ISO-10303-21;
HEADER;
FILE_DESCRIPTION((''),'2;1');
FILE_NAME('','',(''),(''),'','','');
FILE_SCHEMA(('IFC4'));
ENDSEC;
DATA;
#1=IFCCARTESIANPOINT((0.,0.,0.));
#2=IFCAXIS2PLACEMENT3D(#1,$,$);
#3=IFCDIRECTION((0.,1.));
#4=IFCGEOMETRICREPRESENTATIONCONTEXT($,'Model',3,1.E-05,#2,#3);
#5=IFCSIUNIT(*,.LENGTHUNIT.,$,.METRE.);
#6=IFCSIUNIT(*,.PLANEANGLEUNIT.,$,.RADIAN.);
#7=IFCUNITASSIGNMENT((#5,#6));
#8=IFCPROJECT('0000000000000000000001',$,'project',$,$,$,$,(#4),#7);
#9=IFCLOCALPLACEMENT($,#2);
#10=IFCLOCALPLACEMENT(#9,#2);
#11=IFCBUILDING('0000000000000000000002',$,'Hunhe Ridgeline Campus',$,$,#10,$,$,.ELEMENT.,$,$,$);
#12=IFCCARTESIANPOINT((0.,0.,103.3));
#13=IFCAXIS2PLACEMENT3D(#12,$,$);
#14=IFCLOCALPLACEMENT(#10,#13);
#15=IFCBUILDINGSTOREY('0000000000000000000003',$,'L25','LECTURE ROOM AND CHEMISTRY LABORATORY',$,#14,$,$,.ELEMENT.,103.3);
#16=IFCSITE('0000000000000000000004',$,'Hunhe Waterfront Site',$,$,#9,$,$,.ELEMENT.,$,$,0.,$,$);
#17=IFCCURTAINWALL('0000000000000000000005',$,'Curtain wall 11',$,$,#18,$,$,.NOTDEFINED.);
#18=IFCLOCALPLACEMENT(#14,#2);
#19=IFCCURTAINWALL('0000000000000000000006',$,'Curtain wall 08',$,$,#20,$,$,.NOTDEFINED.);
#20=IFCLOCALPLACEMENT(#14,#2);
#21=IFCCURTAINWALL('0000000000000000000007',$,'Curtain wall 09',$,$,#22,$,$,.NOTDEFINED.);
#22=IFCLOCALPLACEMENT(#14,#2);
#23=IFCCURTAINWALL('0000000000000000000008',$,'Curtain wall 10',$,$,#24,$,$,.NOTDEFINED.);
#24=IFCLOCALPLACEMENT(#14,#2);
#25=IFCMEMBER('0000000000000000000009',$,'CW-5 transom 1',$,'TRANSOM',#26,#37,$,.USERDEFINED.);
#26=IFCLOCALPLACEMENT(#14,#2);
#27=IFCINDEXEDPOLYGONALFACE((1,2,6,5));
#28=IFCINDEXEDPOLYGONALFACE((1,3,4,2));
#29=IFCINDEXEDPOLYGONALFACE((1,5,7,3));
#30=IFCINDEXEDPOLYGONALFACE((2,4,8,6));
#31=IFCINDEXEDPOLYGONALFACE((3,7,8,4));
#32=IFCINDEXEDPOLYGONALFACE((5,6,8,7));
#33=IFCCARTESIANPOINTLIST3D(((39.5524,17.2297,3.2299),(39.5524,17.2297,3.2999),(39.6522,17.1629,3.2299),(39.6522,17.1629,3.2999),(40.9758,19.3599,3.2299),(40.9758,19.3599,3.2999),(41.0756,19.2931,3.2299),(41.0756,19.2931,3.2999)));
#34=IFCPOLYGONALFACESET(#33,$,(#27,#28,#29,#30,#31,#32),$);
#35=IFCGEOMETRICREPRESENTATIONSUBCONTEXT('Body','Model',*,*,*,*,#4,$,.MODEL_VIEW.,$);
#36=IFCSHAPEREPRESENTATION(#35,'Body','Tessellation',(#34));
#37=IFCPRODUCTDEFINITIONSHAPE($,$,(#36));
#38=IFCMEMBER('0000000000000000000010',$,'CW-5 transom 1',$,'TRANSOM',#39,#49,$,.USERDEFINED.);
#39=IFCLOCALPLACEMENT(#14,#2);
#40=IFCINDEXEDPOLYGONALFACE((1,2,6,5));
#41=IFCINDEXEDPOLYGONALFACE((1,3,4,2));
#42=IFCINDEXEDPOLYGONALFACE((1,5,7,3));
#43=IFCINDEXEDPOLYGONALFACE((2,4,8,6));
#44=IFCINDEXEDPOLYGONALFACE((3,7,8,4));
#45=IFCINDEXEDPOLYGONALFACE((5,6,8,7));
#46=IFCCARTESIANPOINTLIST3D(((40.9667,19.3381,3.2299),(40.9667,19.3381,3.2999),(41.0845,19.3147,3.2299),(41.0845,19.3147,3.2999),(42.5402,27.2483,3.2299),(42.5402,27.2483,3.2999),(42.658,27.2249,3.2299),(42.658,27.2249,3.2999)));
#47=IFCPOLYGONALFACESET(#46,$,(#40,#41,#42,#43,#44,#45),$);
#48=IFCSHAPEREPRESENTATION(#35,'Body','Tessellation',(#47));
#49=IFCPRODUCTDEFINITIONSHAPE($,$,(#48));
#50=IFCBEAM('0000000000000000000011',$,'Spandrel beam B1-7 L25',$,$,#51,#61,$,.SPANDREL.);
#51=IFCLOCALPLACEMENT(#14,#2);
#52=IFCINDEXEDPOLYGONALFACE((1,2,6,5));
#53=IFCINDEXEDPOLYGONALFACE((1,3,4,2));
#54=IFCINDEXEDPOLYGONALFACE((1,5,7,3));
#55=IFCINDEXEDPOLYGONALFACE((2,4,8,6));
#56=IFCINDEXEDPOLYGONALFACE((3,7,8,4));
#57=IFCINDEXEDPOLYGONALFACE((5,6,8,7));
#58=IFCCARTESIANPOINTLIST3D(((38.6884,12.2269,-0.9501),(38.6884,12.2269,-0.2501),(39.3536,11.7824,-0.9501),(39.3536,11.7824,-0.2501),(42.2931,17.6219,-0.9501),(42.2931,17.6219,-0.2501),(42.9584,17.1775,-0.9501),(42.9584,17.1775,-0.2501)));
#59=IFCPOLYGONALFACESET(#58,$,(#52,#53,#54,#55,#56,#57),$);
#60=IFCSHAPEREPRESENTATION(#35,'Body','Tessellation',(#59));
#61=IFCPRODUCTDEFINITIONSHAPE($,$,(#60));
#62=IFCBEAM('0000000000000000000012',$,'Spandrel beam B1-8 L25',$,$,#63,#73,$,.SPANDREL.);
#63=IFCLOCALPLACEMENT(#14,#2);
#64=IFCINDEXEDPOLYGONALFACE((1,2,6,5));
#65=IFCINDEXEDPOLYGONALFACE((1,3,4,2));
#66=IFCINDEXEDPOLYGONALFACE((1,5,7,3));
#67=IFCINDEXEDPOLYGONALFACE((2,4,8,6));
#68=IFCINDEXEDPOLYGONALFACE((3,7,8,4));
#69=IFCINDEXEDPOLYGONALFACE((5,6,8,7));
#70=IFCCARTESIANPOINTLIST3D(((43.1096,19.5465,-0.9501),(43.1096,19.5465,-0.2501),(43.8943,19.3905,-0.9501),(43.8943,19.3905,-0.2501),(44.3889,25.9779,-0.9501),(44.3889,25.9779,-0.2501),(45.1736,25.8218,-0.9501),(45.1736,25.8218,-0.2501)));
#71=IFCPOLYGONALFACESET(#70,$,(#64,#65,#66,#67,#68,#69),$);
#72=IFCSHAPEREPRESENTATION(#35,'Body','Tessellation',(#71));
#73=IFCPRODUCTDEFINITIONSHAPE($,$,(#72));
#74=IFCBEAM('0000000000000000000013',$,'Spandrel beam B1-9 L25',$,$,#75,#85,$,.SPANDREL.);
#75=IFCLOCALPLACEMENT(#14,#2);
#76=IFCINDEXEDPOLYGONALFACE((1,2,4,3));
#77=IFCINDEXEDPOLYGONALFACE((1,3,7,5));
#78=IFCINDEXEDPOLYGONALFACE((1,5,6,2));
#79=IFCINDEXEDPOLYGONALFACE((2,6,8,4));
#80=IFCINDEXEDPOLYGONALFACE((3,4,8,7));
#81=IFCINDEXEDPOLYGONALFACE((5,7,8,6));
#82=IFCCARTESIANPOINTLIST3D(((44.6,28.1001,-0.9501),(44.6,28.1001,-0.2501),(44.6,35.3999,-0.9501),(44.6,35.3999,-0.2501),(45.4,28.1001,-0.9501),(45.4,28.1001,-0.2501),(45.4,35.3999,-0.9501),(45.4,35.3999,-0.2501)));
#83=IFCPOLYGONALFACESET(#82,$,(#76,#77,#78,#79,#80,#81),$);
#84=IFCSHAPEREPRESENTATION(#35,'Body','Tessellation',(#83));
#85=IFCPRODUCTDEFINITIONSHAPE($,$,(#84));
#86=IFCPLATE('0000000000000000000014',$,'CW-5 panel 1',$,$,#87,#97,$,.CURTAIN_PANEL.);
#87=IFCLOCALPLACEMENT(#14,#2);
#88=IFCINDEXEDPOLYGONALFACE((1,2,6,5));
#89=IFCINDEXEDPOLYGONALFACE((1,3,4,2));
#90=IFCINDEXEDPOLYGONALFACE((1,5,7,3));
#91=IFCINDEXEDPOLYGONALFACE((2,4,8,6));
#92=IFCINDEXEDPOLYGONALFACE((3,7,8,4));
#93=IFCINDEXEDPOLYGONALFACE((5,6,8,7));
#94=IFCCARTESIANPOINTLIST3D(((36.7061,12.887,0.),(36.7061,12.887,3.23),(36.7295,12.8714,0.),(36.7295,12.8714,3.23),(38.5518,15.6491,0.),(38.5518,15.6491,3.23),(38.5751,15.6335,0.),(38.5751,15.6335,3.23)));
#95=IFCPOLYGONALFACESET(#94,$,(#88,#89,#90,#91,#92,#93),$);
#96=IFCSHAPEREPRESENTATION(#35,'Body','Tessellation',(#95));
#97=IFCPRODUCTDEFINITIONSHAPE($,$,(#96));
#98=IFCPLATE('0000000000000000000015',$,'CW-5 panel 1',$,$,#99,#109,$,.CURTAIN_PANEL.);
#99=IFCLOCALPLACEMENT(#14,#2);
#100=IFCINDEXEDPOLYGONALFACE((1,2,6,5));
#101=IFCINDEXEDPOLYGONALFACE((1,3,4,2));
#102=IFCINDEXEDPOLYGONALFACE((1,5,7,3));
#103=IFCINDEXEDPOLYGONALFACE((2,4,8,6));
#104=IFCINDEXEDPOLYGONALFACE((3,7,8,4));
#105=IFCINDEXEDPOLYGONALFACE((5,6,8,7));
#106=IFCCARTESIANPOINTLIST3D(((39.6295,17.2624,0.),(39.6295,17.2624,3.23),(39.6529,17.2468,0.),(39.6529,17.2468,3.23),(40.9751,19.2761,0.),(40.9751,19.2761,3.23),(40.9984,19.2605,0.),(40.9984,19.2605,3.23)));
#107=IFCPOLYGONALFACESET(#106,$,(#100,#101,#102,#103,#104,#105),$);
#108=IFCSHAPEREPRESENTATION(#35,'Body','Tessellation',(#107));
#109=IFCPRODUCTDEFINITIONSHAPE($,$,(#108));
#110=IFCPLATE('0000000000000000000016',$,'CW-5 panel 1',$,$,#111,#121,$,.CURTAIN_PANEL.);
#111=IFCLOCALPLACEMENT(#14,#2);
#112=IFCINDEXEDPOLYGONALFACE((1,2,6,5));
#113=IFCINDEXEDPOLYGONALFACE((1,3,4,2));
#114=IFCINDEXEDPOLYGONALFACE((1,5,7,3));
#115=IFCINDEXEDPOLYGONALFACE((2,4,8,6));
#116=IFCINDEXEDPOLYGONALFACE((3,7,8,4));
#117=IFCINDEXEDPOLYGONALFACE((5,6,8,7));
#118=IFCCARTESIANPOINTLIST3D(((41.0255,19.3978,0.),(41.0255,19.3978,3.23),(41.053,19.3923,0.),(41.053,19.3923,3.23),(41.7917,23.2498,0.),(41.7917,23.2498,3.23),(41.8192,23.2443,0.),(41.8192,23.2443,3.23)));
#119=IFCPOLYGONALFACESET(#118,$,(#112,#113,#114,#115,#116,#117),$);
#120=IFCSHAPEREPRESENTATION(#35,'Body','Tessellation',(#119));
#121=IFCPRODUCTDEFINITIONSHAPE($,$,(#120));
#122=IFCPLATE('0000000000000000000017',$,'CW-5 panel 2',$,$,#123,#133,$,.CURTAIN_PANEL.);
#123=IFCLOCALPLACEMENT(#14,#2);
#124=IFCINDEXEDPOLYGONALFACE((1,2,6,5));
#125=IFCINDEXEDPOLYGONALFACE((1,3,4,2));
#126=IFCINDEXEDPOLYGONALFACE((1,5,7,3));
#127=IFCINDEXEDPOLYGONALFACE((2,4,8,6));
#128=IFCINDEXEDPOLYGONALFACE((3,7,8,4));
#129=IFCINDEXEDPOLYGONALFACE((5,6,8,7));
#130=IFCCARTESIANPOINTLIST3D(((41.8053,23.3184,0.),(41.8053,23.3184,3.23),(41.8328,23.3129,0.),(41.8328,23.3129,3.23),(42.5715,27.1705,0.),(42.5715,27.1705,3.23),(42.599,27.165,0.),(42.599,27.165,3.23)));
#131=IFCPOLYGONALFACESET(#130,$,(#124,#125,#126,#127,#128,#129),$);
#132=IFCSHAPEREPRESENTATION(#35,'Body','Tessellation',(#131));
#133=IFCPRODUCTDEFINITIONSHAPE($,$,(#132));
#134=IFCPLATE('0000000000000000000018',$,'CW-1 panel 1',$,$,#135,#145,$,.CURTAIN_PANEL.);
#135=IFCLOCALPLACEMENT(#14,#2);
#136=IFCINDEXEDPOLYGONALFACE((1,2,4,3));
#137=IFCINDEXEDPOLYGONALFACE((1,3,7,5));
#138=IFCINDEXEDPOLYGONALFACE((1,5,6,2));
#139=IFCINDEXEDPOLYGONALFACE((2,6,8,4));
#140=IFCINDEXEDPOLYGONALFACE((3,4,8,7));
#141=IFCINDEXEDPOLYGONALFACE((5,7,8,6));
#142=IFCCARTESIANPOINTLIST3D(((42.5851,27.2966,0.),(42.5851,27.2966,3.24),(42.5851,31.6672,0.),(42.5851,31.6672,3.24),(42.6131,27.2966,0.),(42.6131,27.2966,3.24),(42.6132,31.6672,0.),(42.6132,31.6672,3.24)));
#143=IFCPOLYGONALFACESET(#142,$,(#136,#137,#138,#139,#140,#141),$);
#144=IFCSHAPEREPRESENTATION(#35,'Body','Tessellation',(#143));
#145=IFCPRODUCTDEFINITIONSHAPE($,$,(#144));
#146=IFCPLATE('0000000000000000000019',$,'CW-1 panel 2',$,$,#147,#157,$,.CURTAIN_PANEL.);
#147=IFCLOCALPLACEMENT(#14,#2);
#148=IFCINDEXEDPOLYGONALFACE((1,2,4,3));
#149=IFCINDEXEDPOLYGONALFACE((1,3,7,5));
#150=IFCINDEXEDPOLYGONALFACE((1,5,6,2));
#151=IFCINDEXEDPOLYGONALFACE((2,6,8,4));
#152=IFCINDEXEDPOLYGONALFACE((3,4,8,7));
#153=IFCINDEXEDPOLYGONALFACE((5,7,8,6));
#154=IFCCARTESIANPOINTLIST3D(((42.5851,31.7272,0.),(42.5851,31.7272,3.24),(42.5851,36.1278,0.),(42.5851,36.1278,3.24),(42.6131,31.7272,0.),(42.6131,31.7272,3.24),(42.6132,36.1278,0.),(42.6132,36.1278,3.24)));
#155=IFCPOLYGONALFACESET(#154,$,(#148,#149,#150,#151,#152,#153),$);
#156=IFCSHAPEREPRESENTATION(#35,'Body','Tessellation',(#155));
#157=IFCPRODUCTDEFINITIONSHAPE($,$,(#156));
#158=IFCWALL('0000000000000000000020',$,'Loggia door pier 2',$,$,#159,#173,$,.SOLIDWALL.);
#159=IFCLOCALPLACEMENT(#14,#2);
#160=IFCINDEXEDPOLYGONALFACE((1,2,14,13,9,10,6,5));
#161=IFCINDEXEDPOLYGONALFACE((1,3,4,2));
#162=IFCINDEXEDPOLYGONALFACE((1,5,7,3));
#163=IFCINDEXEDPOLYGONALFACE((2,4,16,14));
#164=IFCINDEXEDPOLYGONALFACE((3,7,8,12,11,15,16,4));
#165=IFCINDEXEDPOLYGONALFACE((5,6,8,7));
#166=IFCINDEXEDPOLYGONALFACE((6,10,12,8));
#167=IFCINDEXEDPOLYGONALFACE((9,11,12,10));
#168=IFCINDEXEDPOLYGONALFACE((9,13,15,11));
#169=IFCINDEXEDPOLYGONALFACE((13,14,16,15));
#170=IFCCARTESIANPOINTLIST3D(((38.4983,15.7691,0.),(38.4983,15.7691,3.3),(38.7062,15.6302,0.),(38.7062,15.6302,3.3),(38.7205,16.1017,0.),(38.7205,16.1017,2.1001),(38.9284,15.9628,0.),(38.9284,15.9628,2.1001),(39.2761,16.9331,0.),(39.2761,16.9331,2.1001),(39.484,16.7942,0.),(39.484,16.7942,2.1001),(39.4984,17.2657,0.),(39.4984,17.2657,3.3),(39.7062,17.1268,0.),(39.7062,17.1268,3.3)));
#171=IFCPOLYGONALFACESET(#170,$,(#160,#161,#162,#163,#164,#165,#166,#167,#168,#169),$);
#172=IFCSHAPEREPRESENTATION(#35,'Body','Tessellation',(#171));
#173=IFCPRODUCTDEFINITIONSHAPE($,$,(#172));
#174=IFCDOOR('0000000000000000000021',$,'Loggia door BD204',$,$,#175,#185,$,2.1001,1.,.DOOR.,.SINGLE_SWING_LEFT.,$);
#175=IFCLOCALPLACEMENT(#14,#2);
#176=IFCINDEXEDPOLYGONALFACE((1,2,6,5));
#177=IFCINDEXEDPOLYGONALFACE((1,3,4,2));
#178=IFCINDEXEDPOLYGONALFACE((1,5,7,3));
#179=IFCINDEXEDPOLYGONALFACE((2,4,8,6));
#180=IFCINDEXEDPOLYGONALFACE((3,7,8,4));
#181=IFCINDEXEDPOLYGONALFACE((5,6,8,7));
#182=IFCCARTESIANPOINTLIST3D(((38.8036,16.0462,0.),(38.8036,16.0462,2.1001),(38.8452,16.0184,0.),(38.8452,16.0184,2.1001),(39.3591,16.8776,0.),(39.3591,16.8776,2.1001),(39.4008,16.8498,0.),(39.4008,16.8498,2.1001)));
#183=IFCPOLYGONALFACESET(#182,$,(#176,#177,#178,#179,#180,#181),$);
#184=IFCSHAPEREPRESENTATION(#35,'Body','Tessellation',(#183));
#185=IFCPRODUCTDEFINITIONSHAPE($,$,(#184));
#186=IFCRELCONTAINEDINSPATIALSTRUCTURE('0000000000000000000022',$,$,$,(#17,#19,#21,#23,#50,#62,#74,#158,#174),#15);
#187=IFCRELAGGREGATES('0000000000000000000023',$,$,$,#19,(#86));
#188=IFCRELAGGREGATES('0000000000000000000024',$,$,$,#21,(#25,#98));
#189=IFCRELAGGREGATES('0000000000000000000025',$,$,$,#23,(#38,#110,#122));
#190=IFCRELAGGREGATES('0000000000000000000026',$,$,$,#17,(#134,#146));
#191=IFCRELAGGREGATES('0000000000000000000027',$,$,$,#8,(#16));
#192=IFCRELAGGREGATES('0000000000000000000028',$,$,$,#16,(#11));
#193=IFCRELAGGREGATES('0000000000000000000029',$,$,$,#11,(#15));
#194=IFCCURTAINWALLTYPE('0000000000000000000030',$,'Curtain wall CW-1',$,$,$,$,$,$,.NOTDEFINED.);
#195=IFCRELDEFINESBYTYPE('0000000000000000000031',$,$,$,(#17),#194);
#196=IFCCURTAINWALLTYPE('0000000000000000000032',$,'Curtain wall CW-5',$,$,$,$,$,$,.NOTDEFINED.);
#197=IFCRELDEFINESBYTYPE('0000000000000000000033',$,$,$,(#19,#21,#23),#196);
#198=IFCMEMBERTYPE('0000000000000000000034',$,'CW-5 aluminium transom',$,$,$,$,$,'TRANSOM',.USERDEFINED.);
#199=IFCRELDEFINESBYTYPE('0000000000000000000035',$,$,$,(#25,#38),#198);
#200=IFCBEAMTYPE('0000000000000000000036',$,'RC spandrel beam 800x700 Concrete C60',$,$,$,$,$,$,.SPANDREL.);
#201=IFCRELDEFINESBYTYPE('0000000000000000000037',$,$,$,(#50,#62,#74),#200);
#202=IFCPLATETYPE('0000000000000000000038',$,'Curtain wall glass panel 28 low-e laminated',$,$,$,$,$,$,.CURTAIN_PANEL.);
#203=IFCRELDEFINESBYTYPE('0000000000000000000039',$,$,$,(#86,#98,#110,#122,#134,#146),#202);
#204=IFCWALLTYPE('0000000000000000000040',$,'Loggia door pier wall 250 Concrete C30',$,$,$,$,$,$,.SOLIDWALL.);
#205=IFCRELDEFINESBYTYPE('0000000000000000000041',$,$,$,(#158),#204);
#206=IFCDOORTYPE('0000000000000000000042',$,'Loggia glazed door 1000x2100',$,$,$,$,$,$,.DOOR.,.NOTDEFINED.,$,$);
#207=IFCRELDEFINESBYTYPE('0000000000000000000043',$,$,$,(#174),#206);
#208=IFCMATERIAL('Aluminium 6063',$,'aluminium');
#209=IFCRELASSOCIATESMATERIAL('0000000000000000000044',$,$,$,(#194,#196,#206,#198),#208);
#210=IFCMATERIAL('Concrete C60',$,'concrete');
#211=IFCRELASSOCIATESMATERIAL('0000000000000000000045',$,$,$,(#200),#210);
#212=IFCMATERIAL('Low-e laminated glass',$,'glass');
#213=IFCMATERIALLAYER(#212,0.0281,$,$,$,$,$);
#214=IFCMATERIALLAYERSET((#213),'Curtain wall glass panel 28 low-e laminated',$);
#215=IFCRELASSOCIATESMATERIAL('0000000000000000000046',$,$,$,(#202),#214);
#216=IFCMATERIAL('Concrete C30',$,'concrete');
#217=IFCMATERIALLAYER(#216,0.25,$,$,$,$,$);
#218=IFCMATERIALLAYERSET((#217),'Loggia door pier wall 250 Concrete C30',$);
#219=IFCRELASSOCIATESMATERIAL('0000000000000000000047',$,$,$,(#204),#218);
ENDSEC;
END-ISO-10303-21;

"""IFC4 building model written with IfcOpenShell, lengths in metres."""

from ifc_helpers import new_model, si_unit, direction, frame, frame_2d, origin, origin_2d, place, context, subcontext, project, spatial, rectangle, extrude, material, layer, layer_set, material_profile, profile_set, type_object, element, fill, aggregate, save


model = new_model("IFC4")

# Units and contexts
model_context = context("Model", 3, precision=1e-05, world=origin(), true_north=direction((0.0, 1.0)))
body_context = subcontext(model_context, "Body", "Model", "MODEL_VIEW")
ifc_project = project(units=[si_unit("LENGTHUNIT", "METRE"), si_unit("PLANEANGLEUNIT", "RADIAN")], contexts=[model_context])

# Site, building, storey
site_placement = place(None, origin())
site = spatial("IfcSite", under=ifc_project, at=site_placement, Name="Hunhe Waterfront Site", CompositionType="ELEMENT", RefElevation=0.0)
building_placement = place(site_placement, origin())
building = spatial("IfcBuilding", under=site, at=building_placement, Name="Hunhe Ridgeline Campus", CompositionType="ELEMENT")
storey_placement = place(building_placement, frame((0.0, 0.0, 103.3)))
storey = spatial("IfcBuildingStorey", under=building, at=storey_placement, Name="L25", Description="LECTURE ROOM AND CHEMISTRY LABORATORY", CompositionType="ELEMENT", Elevation=103.3)

# Curtain walls
ifc_material_1 = material(Name="Aluminium 6063", Category="aluminium")
curtain_wall_type_1 = type_object("IfcCurtainWallType", Name="Curtain wall CW-1", PredefinedType="NOTDEFINED", material=ifc_material_1)
curtain_wall_1_placement = place(storey_placement, origin())
curtain_wall_1 = element("IfcCurtainWall", 1, at=curtain_wall_1_placement, inside=storey, type_object=curtain_wall_type_1, Name="Curtain wall 11", PredefinedType="NOTDEFINED")
curtain_wall_type_2 = type_object("IfcCurtainWallType", Name="Curtain wall CW-5", PredefinedType="NOTDEFINED", material=ifc_material_1)
curtain_wall_2_placement = place(storey_placement, origin())
curtain_wall_2 = element("IfcCurtainWall", 2, at=curtain_wall_2_placement, inside=storey, type_object=curtain_wall_type_2, Name="Curtain wall 08", PredefinedType="NOTDEFINED")
curtain_wall_3_placement = place(storey_placement, origin())
curtain_wall_3 = element("IfcCurtainWall", 3, at=curtain_wall_3_placement, inside=storey, type_object=curtain_wall_type_2, Name="Curtain wall 09", PredefinedType="NOTDEFINED")
curtain_wall_4_placement = place(storey_placement, origin())
curtain_wall_4 = element("IfcCurtainWall", 4, at=curtain_wall_4_placement, inside=storey, type_object=curtain_wall_type_2, Name="Curtain wall 10", PredefinedType="NOTDEFINED")

# Members
ifc_material_profile_1 = material_profile(ifc_material_1, rectangle(XDim=0.1201, YDim=0.0701, at=origin_2d()))
ifc_profile_set_1 = profile_set([ifc_material_profile_1], Name="Aluminium 6063")
member_type_1 = type_object("IfcMemberType", Name="CW-5 aluminium transom", ElementType="TRANSOM", PredefinedType="USERDEFINED", material=ifc_profile_set_1)
member_1_placement = place(storey_placement, frame((39.6023, 17.1963, 3.2649), z_axis=(0.55558, 0.831463, 0.0), x_axis=(-0.831463, 0.55558, 0.0)))
member_1 = element("IfcMember", 5, at=member_1_placement, type_object=member_type_1, Name="CW-5 transom 1", ObjectType="TRANSOM", PredefinedType="USERDEFINED", context=body_context, shape_type="SweptSolid", body=[
    extrude(rectangle(XDim=0.1201, YDim=0.0701, at=origin_2d()), origin(), (0.0, 0.0, 1.0), 2.562),
])
member_2_placement = place(storey_placement, frame((41.0256, 19.3264, 3.2649), z_axis=(0.195097, 0.980784, 0.0), x_axis=(-0.980784, 0.195097, 0.0)))
member_2 = element("IfcMember", 6, at=member_2_placement, type_object=member_type_1, Name="CW-5 transom 1", ObjectType="TRANSOM", PredefinedType="USERDEFINED", context=body_context, shape_type="SweptSolid", body=[
    extrude(rectangle(XDim=0.1201, YDim=0.0701, at=origin_2d()), origin(), (0.0, 0.0, 1.0), 8.0652),
])

# Beams
ifc_material_2 = material(Name="Concrete C60", Category="concrete")
ifc_material_profile_2 = material_profile(ifc_material_2, rectangle(XDim=0.8, YDim=0.7, at=origin_2d()))
ifc_profile_set_2 = profile_set([ifc_material_profile_2], Name="Concrete C60")
beam_type = type_object("IfcBeamType", Name="RC spandrel beam 800x700 Concrete C60", PredefinedType="SPANDREL", material=ifc_profile_set_2)
beam_1_placement = place(storey_placement, frame((39.021, 12.0046, -0.6001), z_axis=(0.55556, 0.831477, 0.0), x_axis=(-0.831477, 0.55556, 0.0)))
element("IfcBeam", 7, at=beam_1_placement, inside=storey, type_object=beam_type, Name="Spandrel beam B1-7 L25", PredefinedType="SPANDREL", context=body_context, shape_type="SweptSolid", body=[
    extrude(rectangle(XDim=0.8, YDim=0.7, at=origin_2d()), origin(), (0.0, 0.0, 1.0), 6.4885),
])
beam_2_placement = place(storey_placement, frame((43.502, 19.4685, -0.6001), z_axis=(0.195092, 0.980785, 0.0), x_axis=(-0.980785, 0.195092, 0.0)))
element("IfcBeam", 8, at=beam_2_placement, inside=storey, type_object=beam_type, Name="Spandrel beam B1-8 L25", PredefinedType="SPANDREL", context=body_context, shape_type="SweptSolid", body=[
    extrude(rectangle(XDim=0.8, YDim=0.7, at=origin_2d()), origin(), (0.0, 0.0, 1.0), 6.5574),
])
beam_3_placement = place(storey_placement, frame((45.0, 28.1001, -0.6001), z_axis=(0.0, 1.0, 0.0), x_axis=(-1.0, 0.0, 0.0)))
element("IfcBeam", 9, at=beam_3_placement, inside=storey, type_object=beam_type, Name="Spandrel beam B1-9 L25", PredefinedType="SPANDREL", context=body_context, shape_type="SweptSolid", body=[
    extrude(rectangle(XDim=0.8, YDim=0.7, at=origin_2d()), origin(), (0.0, 0.0, 1.0), 7.2998),
])

# Plates
ifc_material_3 = material(Name="Low-e laminated glass", Category="glass")
ifc_layer_1 = layer(ifc_material_3, 0.0281)
ifc_layer_set_1 = layer_set([ifc_layer_1], Name="Curtain wall glass panel 28 low-e laminated")
plate_type = type_object("IfcPlateType", Name="Curtain wall glass panel 28 low-e laminated", PredefinedType="CURTAIN_PANEL", material=ifc_layer_set_1)
plate_1_placement = place(storey_placement, frame((37.6406, 14.2603, 0.0), z_axis=(0.0, 0.0, 1.0), x_axis=(0.55557, 0.83147, 0.0)))
plate_1 = element("IfcPlate", 10, at=plate_1_placement, type_object=plate_type, Name="CW-5 panel 1", PredefinedType="CURTAIN_PANEL", context=body_context, shape_type="SweptSolid", body=[
    extrude(rectangle(XDim=3.322, YDim=0.0281, at=origin_2d()), origin(), (0.0, 0.0, 1.0), 3.23),
])
aggregate(curtain_wall_2, [plate_1])
plate_2_placement = place(storey_placement, frame((40.314, 18.2615, 0.0), z_axis=(0.0, 0.0, 1.0), x_axis=(0.55557, 0.83147, 0.0)))
plate_2 = element("IfcPlate", 11, at=plate_2_placement, type_object=plate_type, Name="CW-5 panel 1", PredefinedType="CURTAIN_PANEL", context=body_context, shape_type="SweptSolid", body=[
    extrude(rectangle(XDim=2.4219, YDim=0.0281, at=origin_2d()), origin(), (0.0, 0.0, 1.0), 3.23),
])
aggregate(curtain_wall_3, [member_1, plate_2])
plate_3_placement = place(storey_placement, frame((41.4224, 21.321, 0.0), z_axis=(0.0, 0.0, 1.0), x_axis=(0.19509, 0.980785, 0.0)))
plate_3 = element("IfcPlate", 12, at=plate_3_placement, type_object=plate_type, Name="CW-5 panel 1", PredefinedType="CURTAIN_PANEL", context=body_context, shape_type="SweptSolid", body=[
    extrude(rectangle(XDim=3.9275, YDim=0.0281, at=origin_2d()), origin(), (0.0, 0.0, 1.0), 3.23),
])
plate_4_placement = place(storey_placement, frame((42.2021, 25.2417, 0.0), z_axis=(0.0, 0.0, 1.0), x_axis=(0.19509, 0.980785, 0.0)))
plate_4 = element("IfcPlate", 13, at=plate_4_placement, type_object=plate_type, Name="CW-5 panel 2", PredefinedType="CURTAIN_PANEL", context=body_context, shape_type="SweptSolid", body=[
    extrude(rectangle(XDim=3.9275, YDim=0.0281, at=origin_2d()), origin(), (0.0, 0.0, 1.0), 3.23),
])
aggregate(curtain_wall_4, [member_2, plate_3, plate_4])
plate_5_placement = place(storey_placement, frame((42.5991, 29.4819, 0.0), z_axis=(0.0, 0.0, 1.0), x_axis=(0.000011, 1.0, 0.0)))
plate_5 = element("IfcPlate", 14, at=plate_5_placement, type_object=plate_type, Name="CW-1 panel 1", PredefinedType="CURTAIN_PANEL", context=body_context, shape_type="SweptSolid", body=[
    extrude(rectangle(XDim=4.3706, YDim=0.0281, at=origin_2d()), origin(), (0.0, 0.0, 1.0), 3.24),
])
plate_6_placement = place(storey_placement, frame((42.5991, 33.9275, 0.0), z_axis=(0.0, 0.0, 1.0), x_axis=(0.000011, 1.0, 0.0)))
plate_6 = element("IfcPlate", 15, at=plate_6_placement, type_object=plate_type, Name="CW-1 panel 2", PredefinedType="CURTAIN_PANEL", context=body_context, shape_type="SweptSolid", body=[
    extrude(rectangle(XDim=4.4006, YDim=0.0281, at=origin_2d()), origin(), (0.0, 0.0, 1.0), 3.24),
])
aggregate(curtain_wall_1, [plate_5, plate_6])

# Wall, opening, door
ifc_material_4 = material(Name="Concrete C30", Category="concrete")
ifc_layer_2 = layer(ifc_material_4, 0.25)
ifc_layer_set_2 = layer_set([ifc_layer_2], Name="Loggia door pier wall 250 Concrete C30")
wall_type = type_object("IfcWallType", Name="Loggia door pier wall 250 Concrete C30", PredefinedType="SOLIDWALL", material=ifc_layer_set_2)
wall_placement = place(storey_placement, frame((38.6023, 15.6997, 0.0), z_axis=(0.0, 0.0, 1.0), x_axis=(0.555576, 0.831466, 0.0)))
wall = element("IfcWall", 16, at=wall_placement, inside=storey, type_object=wall_type, Name="Loggia door pier 2", PredefinedType="SOLIDWALL", context=body_context, shape_type="SweptSolid", body=[
    extrude(rectangle(XDim=1.8, YDim=0.25, at=frame_2d((0.8999, 0.0))), origin(), (0.0, 0.0, 1.0), 3.3),
])
opening_placement = place(wall_placement, frame((0.3999, 0.0, 0.0)))
opening = element("IfcOpeningElement", 17, at=opening_placement, cuts=wall, PredefinedType="OPENING", context=body_context, shape_type="SweptSolid", body=[
    extrude(rectangle(XDim=1.0, YDim=2.1001, at=frame_2d((0.5, 1.05))), frame((0.0, 0.125, 0.0), z_axis=(0.0, -1.0, 0.0), x_axis=(1.0, 0.0, 0.0)), (0.0, 0.0, 1.0), 0.25),
])
door_type = type_object("IfcDoorType", Name="Loggia glazed door 1000x2100", OperationType="NOTDEFINED", PredefinedType="DOOR", material=ifc_material_1)
door_placement = place(opening_placement, frame((1.0, 0.0, 0.0), z_axis=(0.0, 0.0, 1.0), x_axis=(-1.0, 0.0, 0.0)))
door = element("IfcDoor", 18, at=door_placement, inside=storey, type_object=door_type, Name="Loggia door BD204", OperationType="SINGLE_SWING_LEFT", OverallHeight=2.1001, OverallWidth=1.0, PredefinedType="DOOR", context=body_context, shape_type="SweptSolid", body=[
    extrude(rectangle(XDim=1.0, YDim=2.1001, at=frame_2d((0.5, 1.05))), frame((0.0, 0.0249, 0.0), z_axis=(0.0, -1.0, 0.0), x_axis=(1.0, 0.0, 0.0)), (0.0, 0.0, 1.0), 0.05),
])
fill(opening, door)

save(model, "model.ifc")
